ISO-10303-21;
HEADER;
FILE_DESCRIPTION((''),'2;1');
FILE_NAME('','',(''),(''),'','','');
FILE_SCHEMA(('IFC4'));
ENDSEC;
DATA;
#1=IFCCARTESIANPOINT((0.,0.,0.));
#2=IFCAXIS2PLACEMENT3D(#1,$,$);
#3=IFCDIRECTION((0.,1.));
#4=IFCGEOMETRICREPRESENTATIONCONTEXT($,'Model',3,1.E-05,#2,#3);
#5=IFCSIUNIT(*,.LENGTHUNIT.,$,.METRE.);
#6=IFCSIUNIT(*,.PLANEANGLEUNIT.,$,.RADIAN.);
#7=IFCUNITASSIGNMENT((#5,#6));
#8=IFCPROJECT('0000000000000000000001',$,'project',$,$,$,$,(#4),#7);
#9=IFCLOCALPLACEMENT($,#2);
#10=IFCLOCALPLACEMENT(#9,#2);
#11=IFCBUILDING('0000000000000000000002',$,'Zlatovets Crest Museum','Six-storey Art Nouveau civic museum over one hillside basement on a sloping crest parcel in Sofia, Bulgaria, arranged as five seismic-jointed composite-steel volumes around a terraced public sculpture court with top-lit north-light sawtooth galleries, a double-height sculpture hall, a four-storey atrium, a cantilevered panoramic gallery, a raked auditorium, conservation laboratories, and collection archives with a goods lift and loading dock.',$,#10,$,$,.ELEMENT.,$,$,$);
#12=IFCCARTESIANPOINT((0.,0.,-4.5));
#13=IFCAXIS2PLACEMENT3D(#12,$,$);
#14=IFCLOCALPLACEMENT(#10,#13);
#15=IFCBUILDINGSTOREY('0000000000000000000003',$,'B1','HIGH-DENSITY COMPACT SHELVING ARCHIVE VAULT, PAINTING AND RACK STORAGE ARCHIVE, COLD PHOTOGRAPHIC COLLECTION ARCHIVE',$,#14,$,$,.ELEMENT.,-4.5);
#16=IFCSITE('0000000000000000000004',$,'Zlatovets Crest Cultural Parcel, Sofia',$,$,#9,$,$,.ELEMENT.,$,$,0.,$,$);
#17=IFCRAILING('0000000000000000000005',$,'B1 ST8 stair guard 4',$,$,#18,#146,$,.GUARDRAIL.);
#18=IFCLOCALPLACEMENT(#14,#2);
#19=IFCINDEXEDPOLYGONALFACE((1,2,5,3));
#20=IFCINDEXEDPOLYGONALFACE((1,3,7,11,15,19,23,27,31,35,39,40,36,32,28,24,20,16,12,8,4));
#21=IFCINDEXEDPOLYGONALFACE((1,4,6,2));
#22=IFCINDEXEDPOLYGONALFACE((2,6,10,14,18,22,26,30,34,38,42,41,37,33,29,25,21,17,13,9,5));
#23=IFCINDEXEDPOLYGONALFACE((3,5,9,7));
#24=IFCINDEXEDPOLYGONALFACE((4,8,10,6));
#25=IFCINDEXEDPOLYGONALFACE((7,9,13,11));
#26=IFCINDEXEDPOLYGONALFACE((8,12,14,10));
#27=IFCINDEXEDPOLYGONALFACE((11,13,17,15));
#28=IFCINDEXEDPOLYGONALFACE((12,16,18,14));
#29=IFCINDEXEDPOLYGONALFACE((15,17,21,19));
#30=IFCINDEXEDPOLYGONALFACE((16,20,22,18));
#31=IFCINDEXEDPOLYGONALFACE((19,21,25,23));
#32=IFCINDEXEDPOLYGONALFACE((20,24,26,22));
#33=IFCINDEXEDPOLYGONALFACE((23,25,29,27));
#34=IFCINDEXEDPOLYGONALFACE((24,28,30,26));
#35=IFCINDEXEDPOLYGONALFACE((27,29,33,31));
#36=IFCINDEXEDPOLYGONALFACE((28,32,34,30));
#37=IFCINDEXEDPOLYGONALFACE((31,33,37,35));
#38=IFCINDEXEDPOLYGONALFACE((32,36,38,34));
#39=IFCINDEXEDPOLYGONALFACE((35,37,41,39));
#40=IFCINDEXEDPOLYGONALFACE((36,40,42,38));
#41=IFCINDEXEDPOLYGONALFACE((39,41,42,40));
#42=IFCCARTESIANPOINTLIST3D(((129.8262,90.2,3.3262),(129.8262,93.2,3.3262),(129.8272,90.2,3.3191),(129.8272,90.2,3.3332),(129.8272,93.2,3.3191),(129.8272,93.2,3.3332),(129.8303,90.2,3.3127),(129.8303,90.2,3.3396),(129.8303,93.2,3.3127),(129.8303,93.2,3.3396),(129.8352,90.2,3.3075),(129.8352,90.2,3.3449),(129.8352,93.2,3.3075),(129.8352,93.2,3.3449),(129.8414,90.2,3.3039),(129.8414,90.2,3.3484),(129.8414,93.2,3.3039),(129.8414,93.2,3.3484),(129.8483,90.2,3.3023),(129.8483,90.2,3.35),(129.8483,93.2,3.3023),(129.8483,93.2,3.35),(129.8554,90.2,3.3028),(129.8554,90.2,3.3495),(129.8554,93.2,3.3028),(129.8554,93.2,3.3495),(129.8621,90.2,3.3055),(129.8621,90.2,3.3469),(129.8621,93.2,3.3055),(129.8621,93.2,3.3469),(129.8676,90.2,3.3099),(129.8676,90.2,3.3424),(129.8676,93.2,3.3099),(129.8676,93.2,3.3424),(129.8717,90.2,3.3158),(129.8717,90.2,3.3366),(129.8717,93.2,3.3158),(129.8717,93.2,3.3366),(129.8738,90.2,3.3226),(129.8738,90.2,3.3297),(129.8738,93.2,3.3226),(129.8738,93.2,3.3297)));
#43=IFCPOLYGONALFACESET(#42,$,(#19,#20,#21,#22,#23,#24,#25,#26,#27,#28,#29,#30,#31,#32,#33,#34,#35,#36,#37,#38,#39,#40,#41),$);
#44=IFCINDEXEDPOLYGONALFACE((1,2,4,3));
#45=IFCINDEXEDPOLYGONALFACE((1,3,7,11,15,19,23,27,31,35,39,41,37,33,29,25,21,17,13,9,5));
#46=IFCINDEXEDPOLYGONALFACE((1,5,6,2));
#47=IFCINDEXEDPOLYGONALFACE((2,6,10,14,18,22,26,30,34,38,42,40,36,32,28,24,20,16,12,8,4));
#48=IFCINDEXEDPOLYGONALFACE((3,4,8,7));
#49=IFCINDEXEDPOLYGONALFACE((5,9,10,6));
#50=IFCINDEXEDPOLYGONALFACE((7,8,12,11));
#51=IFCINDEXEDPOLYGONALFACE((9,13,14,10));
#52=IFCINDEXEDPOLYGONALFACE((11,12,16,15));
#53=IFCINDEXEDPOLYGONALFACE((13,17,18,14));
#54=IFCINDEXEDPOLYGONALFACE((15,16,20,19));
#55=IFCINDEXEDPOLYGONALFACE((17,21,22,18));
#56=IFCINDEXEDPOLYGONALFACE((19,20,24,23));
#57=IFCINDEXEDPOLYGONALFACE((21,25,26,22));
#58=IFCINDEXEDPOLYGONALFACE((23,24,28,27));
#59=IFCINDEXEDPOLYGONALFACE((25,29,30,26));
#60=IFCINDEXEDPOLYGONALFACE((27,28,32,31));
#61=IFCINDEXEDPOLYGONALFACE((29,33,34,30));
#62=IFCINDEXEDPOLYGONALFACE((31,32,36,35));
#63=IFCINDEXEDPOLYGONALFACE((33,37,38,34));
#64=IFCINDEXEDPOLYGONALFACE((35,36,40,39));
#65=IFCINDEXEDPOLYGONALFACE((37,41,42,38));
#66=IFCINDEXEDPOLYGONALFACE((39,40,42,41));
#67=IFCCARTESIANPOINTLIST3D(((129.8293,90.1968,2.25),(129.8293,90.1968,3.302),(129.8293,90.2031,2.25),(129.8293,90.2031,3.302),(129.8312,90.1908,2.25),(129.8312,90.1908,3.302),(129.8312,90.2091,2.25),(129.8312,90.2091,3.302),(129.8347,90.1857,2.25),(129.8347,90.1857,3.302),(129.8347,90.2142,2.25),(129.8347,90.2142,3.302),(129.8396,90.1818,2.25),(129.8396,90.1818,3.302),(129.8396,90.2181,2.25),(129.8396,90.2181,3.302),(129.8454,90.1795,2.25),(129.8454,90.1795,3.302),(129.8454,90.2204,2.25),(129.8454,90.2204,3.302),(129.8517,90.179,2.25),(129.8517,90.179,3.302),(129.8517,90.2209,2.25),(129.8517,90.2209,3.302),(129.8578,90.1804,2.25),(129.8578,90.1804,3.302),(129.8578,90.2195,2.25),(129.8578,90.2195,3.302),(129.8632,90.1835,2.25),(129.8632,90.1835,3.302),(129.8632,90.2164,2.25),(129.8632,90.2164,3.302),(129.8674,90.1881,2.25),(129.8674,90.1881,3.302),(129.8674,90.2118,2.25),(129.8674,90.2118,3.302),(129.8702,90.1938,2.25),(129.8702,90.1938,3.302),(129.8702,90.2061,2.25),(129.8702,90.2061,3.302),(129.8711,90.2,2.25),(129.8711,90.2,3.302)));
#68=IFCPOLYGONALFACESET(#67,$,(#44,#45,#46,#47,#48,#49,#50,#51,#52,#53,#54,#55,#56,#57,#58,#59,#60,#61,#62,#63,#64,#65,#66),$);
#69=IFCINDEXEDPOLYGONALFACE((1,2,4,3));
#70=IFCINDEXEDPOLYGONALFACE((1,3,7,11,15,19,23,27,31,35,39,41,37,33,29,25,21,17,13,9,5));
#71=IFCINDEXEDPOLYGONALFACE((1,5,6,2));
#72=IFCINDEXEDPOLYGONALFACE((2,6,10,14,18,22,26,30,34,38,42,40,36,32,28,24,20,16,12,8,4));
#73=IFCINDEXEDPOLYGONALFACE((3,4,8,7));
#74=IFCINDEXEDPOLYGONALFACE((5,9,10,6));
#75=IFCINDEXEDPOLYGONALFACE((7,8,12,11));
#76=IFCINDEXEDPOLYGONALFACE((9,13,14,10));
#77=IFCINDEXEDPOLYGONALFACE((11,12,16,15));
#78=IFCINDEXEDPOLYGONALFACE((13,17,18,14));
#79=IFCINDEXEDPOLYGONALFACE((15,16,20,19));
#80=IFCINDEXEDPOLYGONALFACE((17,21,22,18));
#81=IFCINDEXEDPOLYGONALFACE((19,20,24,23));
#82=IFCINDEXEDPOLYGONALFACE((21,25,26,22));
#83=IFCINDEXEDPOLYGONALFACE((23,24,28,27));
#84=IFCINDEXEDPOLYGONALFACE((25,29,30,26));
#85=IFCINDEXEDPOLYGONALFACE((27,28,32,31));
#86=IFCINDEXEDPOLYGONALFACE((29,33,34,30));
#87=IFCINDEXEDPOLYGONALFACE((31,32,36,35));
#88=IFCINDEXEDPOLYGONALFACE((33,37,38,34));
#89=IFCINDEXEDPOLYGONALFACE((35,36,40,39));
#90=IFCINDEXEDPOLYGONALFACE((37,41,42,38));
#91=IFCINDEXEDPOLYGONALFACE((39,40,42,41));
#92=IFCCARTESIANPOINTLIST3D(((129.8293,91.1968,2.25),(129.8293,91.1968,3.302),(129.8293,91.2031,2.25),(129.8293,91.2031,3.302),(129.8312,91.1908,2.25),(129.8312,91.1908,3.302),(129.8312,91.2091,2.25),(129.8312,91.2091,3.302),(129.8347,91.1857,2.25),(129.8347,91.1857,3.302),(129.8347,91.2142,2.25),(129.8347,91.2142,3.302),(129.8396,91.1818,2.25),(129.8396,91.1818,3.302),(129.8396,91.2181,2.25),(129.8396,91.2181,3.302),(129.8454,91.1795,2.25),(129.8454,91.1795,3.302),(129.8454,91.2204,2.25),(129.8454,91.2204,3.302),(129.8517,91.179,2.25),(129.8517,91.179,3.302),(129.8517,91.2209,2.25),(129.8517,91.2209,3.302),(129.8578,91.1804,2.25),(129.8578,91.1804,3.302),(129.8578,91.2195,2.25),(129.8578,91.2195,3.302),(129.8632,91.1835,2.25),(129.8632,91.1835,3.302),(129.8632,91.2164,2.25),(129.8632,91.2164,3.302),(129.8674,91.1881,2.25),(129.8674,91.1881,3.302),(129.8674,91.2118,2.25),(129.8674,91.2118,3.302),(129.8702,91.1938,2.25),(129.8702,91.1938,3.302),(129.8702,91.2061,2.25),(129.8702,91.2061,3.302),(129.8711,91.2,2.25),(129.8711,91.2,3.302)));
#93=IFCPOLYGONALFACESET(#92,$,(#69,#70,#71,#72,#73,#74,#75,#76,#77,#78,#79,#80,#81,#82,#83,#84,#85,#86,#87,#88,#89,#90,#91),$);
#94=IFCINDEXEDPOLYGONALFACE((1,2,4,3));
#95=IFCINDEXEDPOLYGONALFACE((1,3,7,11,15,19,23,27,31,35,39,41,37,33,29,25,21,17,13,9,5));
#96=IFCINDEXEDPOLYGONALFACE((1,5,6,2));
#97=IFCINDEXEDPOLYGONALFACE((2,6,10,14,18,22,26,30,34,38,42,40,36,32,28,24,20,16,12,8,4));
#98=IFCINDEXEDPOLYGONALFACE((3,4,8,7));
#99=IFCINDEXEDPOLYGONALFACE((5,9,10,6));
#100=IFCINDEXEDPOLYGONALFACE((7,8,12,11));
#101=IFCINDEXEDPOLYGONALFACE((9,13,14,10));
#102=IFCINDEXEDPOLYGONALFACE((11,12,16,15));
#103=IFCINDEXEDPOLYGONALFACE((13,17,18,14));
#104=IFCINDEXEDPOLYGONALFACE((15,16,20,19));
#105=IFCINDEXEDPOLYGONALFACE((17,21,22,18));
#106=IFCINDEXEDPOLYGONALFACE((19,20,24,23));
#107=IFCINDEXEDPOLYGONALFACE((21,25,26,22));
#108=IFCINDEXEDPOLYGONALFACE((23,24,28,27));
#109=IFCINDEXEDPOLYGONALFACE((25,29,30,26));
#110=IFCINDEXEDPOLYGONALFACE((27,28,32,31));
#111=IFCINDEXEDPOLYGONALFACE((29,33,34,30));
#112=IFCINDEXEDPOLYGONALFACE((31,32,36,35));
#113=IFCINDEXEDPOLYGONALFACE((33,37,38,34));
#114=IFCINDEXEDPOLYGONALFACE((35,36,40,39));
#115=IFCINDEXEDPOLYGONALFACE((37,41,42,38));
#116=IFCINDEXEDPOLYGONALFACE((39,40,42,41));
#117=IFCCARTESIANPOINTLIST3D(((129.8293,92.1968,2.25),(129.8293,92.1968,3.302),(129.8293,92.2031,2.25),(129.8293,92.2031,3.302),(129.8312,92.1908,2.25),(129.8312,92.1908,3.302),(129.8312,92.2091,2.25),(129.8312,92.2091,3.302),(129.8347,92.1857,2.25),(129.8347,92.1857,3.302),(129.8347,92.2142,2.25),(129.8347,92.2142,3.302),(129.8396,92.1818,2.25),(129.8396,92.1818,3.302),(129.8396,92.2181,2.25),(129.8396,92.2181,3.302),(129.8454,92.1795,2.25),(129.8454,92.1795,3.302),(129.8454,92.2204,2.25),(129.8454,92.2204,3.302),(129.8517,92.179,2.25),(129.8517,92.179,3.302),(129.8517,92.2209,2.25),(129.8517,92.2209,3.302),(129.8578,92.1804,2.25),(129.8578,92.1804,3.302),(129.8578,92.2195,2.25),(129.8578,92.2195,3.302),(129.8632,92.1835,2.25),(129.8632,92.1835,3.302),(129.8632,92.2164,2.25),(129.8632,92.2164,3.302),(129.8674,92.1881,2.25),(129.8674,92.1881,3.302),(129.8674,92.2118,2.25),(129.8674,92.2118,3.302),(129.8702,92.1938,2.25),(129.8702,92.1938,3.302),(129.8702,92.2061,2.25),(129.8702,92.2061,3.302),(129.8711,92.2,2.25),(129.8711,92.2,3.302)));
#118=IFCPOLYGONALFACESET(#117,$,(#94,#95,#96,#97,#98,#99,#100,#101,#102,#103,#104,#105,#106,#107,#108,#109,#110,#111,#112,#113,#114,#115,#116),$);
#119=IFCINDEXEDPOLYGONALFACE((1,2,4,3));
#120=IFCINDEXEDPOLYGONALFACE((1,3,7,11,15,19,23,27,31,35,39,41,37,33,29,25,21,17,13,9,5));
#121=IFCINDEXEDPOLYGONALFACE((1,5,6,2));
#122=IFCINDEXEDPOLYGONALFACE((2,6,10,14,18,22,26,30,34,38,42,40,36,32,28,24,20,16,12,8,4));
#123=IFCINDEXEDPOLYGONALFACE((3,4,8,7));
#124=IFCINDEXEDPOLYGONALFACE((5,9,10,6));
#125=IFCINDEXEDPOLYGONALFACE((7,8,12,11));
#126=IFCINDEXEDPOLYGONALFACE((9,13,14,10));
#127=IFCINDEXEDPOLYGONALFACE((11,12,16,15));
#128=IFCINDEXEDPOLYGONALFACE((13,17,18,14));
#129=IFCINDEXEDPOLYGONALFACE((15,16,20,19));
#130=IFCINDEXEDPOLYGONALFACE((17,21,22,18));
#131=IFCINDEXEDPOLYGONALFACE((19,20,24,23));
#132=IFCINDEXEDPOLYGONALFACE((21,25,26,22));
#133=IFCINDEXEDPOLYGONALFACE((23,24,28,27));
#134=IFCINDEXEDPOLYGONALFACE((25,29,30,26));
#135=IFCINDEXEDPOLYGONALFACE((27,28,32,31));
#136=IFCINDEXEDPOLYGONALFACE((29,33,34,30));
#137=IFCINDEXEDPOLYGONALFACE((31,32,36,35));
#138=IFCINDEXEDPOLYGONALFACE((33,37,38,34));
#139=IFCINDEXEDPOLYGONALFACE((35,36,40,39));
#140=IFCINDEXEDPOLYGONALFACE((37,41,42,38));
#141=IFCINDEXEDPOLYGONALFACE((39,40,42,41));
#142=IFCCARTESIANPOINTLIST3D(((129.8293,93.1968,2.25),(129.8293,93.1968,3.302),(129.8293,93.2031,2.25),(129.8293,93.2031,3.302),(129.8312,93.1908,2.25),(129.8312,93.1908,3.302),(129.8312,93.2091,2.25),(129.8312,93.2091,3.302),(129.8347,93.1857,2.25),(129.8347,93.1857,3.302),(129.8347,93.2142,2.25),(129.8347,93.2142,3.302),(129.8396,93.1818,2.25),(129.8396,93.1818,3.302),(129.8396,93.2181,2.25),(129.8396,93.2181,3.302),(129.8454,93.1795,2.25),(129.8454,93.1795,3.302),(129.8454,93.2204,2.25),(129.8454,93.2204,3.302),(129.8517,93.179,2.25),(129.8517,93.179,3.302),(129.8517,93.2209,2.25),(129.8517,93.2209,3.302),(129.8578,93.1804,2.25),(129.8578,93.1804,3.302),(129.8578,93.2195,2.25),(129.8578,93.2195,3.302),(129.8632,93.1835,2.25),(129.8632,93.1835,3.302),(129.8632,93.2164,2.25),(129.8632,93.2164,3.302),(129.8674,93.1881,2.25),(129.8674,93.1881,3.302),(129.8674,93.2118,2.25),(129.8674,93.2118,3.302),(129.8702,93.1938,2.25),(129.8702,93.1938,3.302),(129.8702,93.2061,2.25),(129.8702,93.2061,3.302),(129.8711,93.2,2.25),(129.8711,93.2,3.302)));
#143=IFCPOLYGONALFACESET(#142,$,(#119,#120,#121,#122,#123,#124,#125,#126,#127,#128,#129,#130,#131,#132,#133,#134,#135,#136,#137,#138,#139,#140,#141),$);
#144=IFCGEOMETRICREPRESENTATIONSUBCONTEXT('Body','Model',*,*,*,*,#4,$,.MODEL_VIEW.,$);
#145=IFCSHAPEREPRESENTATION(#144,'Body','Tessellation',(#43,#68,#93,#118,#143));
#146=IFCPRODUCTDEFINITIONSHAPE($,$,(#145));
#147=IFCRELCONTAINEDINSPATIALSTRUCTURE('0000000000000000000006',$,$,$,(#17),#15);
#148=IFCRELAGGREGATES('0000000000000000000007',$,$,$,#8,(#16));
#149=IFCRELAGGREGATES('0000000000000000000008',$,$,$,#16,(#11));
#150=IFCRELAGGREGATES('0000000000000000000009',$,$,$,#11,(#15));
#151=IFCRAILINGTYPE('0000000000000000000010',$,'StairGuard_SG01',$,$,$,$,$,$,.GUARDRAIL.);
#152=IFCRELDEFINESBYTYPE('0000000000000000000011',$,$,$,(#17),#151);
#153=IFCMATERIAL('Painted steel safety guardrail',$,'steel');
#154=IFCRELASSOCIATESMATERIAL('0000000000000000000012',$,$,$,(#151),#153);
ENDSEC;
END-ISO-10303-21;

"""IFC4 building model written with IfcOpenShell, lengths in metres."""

from ifc_helpers import new_model, si_unit, direction, frame, origin, origin_2d, place, context, subcontext, project, spatial, circle, extrude, material, type_object, element, save


model = new_model("IFC4")

# Units and contexts
model_context = context("Model", 3, precision=1e-05, world=origin(), true_north=direction((0.0, 1.0)))
body_context = subcontext(model_context, "Body", "Model", "MODEL_VIEW")
ifc_project = project(units=[si_unit("LENGTHUNIT", "METRE"), si_unit("PLANEANGLEUNIT", "RADIAN")], contexts=[model_context])

# Site, building, storey
site_placement = place(None, origin())
site = spatial("IfcSite", under=ifc_project, at=site_placement, Name="Zlatovets Crest Cultural Parcel, Sofia", CompositionType="ELEMENT", RefElevation=0.0)
building_placement = place(site_placement, origin())
building = spatial("IfcBuilding", under=site, at=building_placement, Name="Zlatovets Crest Museum", Description="Six-storey Art Nouveau civic museum over one hillside basement on a sloping crest parcel in Sofia, Bulgaria, arranged as five seismic-jointed composite-steel volumes around a terraced public sculpture court with top-lit north-light sawtooth galleries, a double-height sculpture hall, a four-storey atrium, a cantilevered panoramic gallery, a raked auditorium, conservation laboratories, and collection archives with a goods lift and loading dock.", CompositionType="ELEMENT")
storey_placement = place(building_placement, frame((0.0, 0.0, -4.5)))
storey = spatial("IfcBuildingStorey", under=building, at=storey_placement, Name="B1", Description="HIGH-DENSITY COMPACT SHELVING ARCHIVE VAULT, PAINTING AND RACK STORAGE ARCHIVE, COLD PHOTOGRAPHIC COLLECTION ARCHIVE", CompositionType="ELEMENT", Elevation=-4.5)

# Railing
ifc_material_1 = material(Name="Painted steel safety guardrail", Category="steel")
railing_type_1 = type_object("IfcRailingType", Name="StairGuard_SG01", PredefinedType="GUARDRAIL", material=ifc_material_1)
for number, where, name in (
    (1, (129.8501, 90.2, 2.25), "B1 ST8 stair guard 4"),
):
    element("IfcRailing", number, at=place(storey_placement, frame(where)), inside=storey, type_object=railing_type_1, Name=name, PredefinedType="GUARDRAIL", context=body_context, shape_type="SweptSolid", body=[
        extrude(circle(Radius=0.0239, at=origin_2d()), frame((0.0, 0.0, 1.0762), z_axis=(0.0, 1.0, 0.0), x_axis=(-1.0, 0.0, 0.0)), (0.0, 0.0, 1.0), 3.0),
        extrude(circle(Radius=0.021, at=origin_2d()), origin(), (0.0, 0.0, 1.0), 1.052),
        extrude(circle(Radius=0.021, at=origin_2d()), frame((0.0, 1.0, 0.0)), (0.0, 0.0, 1.0), 1.052),
        extrude(circle(Radius=0.021, at=origin_2d()), frame((0.0, 2.0, 0.0)), (0.0, 0.0, 1.0), 1.052),
        extrude(circle(Radius=0.021, at=origin_2d()), frame((0.0, 3.0, 0.0)), (0.0, 0.0, 1.0), 1.052),
    ])

save(model, "model.ifc")
